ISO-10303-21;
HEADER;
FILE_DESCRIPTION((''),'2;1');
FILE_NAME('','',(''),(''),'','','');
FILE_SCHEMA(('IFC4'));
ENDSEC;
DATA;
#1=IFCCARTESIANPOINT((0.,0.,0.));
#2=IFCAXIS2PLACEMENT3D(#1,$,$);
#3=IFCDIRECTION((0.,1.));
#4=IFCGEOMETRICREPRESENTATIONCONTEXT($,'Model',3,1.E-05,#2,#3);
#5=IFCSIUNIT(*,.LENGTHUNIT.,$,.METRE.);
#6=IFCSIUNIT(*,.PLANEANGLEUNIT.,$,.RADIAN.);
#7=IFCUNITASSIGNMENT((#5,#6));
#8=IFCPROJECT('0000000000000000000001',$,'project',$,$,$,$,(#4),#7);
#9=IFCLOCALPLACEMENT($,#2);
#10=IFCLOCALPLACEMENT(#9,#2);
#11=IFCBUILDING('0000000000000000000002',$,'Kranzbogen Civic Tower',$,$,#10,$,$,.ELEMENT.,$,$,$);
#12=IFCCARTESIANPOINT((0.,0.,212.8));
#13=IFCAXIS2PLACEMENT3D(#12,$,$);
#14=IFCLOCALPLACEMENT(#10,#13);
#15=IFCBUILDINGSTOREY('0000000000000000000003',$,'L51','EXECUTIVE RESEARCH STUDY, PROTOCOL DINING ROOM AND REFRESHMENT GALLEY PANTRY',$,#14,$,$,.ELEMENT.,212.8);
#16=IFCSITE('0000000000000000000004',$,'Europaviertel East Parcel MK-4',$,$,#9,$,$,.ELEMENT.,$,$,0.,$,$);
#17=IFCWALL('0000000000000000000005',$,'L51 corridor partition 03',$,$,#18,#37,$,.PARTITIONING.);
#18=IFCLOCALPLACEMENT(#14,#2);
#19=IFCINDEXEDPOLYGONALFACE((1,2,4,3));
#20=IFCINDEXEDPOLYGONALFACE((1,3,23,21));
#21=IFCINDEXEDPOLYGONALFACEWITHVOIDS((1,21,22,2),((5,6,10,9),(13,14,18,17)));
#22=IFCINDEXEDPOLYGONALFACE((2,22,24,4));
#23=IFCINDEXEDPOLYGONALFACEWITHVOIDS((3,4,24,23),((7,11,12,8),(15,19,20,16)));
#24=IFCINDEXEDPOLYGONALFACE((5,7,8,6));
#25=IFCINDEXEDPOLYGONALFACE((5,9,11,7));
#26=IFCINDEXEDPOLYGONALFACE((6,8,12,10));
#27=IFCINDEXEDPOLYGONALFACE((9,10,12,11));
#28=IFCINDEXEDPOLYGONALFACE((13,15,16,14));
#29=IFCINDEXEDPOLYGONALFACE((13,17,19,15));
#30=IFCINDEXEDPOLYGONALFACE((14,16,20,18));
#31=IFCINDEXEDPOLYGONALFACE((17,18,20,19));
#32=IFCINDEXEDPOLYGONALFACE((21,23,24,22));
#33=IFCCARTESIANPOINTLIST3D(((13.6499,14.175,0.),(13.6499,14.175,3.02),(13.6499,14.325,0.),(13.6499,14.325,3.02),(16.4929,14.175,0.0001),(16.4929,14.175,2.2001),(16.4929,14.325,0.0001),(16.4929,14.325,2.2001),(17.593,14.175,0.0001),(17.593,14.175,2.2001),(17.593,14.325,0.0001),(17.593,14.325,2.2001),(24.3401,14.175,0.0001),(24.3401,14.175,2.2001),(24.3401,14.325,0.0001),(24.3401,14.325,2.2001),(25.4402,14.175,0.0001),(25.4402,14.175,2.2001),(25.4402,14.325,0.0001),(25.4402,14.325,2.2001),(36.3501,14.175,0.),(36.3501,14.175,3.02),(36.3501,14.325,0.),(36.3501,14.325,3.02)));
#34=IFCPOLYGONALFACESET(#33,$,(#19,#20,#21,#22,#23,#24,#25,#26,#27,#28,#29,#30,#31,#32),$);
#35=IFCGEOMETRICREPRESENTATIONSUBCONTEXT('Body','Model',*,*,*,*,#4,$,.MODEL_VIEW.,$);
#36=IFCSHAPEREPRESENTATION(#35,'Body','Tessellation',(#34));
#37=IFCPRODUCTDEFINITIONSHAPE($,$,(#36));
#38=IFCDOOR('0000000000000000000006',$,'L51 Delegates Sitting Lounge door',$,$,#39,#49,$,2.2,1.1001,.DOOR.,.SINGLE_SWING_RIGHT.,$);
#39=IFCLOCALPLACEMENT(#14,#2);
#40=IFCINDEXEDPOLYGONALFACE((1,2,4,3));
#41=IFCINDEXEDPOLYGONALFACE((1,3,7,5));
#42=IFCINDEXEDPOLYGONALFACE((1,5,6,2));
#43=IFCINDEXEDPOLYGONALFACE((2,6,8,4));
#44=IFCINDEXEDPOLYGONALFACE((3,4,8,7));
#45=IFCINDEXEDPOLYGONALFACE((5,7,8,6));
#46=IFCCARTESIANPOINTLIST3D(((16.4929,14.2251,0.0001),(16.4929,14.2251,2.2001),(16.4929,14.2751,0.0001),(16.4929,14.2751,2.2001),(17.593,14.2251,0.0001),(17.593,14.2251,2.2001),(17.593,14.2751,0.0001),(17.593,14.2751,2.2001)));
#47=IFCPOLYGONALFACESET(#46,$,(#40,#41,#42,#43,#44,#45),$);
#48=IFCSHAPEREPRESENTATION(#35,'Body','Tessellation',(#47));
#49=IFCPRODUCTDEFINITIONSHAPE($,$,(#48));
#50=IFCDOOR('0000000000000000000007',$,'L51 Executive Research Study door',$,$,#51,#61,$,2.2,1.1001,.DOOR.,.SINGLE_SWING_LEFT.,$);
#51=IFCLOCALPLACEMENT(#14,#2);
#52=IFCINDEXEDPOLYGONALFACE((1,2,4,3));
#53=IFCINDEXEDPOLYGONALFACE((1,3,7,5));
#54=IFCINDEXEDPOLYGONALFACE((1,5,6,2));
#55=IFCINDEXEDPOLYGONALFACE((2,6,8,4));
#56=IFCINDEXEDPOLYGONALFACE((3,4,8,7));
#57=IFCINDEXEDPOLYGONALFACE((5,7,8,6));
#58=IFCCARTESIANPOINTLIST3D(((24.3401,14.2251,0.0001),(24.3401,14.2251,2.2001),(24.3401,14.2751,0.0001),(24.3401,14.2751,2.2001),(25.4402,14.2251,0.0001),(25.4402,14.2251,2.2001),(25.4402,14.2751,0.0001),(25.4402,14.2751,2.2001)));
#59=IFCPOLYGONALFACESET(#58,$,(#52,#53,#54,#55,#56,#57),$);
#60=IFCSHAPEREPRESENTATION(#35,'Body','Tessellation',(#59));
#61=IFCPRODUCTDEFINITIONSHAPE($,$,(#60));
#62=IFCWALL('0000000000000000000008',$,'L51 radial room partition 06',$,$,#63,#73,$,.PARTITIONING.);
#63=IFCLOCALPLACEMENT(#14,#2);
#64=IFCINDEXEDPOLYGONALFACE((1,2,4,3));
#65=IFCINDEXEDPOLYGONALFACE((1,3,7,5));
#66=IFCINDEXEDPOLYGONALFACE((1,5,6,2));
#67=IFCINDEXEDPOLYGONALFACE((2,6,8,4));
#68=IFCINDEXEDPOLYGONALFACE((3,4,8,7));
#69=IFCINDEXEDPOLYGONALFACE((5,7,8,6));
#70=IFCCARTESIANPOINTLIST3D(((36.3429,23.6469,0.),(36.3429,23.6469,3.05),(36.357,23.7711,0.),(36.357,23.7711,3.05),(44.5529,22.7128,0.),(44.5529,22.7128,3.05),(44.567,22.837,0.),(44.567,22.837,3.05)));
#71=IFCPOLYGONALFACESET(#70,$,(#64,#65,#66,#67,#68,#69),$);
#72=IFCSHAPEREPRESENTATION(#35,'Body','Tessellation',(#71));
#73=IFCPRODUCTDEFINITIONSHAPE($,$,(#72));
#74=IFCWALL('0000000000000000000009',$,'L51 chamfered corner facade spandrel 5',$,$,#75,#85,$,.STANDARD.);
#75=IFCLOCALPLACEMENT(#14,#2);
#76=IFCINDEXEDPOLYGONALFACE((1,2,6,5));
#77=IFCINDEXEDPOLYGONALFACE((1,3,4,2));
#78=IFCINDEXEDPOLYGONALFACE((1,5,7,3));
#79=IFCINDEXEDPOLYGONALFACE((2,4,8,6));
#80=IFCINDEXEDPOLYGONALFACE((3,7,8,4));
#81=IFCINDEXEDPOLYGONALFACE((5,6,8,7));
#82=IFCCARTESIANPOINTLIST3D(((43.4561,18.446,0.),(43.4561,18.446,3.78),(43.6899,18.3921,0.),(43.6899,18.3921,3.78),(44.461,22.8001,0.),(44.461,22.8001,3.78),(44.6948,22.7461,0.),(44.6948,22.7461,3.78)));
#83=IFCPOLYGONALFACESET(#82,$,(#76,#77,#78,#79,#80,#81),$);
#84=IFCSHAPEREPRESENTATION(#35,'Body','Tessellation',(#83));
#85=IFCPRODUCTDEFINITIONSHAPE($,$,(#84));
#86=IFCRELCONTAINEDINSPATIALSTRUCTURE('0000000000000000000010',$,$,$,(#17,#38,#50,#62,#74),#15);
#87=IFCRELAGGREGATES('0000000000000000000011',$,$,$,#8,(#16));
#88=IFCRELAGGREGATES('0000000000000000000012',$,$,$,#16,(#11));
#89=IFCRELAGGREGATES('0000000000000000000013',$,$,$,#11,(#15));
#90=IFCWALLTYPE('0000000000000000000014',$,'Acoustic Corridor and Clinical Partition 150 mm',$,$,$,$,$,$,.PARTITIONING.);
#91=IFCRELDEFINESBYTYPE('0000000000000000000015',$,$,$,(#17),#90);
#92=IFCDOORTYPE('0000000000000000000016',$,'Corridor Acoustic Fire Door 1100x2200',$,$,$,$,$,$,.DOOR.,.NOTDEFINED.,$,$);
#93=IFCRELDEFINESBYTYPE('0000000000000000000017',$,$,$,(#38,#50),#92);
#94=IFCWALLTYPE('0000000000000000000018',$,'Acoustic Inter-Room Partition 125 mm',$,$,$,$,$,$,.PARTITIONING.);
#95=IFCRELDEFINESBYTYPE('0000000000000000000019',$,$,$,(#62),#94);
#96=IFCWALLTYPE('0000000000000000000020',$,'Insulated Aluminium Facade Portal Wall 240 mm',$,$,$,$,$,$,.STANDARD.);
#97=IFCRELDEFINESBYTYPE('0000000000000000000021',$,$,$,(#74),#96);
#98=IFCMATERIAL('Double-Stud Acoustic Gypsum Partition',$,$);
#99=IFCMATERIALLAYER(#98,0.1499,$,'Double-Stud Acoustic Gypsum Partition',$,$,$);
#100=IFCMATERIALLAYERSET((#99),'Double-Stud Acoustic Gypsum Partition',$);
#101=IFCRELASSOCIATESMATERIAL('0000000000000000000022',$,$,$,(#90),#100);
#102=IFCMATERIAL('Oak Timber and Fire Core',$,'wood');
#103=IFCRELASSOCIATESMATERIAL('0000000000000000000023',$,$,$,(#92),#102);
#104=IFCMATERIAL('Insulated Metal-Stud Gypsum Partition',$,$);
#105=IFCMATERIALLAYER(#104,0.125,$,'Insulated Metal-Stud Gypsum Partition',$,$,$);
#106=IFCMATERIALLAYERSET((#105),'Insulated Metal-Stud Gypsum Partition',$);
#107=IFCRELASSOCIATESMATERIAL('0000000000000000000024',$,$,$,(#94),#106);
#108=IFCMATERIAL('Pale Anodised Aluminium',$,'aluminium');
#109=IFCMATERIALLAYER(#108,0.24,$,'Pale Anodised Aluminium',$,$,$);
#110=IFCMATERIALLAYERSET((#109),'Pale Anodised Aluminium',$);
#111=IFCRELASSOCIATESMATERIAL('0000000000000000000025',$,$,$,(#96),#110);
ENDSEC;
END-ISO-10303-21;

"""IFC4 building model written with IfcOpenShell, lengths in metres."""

from ifc_helpers import new_model, si_unit, direction, frame, frame_2d, origin, place, context, subcontext, project, spatial, rectangle, extrude, material, layer, layer_set, type_object, element, fill, save


model = new_model("IFC4")

# Units and contexts
model_context = context("Model", 3, precision=1e-05, world=origin(), true_north=direction((0.0, 1.0)))
body_context = subcontext(model_context, "Body", "Model", "MODEL_VIEW")
ifc_project = project(units=[si_unit("LENGTHUNIT", "METRE"), si_unit("PLANEANGLEUNIT", "RADIAN")], contexts=[model_context])

# Site, building, storey
site_placement = place(None, origin())
site = spatial("IfcSite", under=ifc_project, at=site_placement, Name="Europaviertel East Parcel MK-4", CompositionType="ELEMENT", RefElevation=0.0)
building_placement = place(site_placement, origin())
building = spatial("IfcBuilding", under=site, at=building_placement, Name="Kranzbogen Civic Tower", CompositionType="ELEMENT")
storey_placement = place(building_placement, frame((0.0, 0.0, 212.8)))
storey = spatial("IfcBuildingStorey", under=building, at=storey_placement, Name="L51", Description="EXECUTIVE RESEARCH STUDY, PROTOCOL DINING ROOM AND REFRESHMENT GALLEY PANTRY", CompositionType="ELEMENT", Elevation=212.8)

# Shared definitions
ifc_material_1 = material(Name="Pale Anodised Aluminium", Category="aluminium")

# Wall, openings, doors
ifc_material_2 = material(Name="Double-Stud Acoustic Gypsum Partition")
ifc_layer_1 = layer(ifc_material_2, 0.1499, Name="Double-Stud Acoustic Gypsum Partition")
ifc_layer_set_1 = layer_set([ifc_layer_1], Name="Double-Stud Acoustic Gypsum Partition")
wall_type_1 = type_object("IfcWallType", Name="Acoustic Corridor and Clinical Partition 150 mm", PredefinedType="PARTITIONING", material=ifc_layer_set_1)
wall_1_placement = place(storey_placement, frame((36.3501, 14.25, 0.0), z_axis=(0.0, 0.0, 1.0), x_axis=(-1.0, 0.0, 0.0)))
wall_1 = element("IfcWall", 1, at=wall_1_placement, inside=storey, type_object=wall_type_1, Name="L51 corridor partition 03", PredefinedType="PARTITIONING", context=body_context, shape_type="SweptSolid", body=[
    extrude(rectangle(XDim=22.7002, YDim=0.1499, at=frame_2d((11.3501, 0.0))), origin(), (0.0, 0.0, 1.0), 3.02),
])
opening_1_placement = place(wall_1_placement, frame((18.7571, 0.0, 0.0)))
opening_1 = element("IfcOpeningElement", 2, at=opening_1_placement, cuts=wall_1, PredefinedType="OPENING", context=body_context, shape_type="SweptSolid", body=[
    extrude(rectangle(XDim=1.1001, YDim=2.2, at=frame_2d((0.55, 1.1001))), frame((0.0, 0.085, 0.0), z_axis=(0.0, -1.0, 0.0), x_axis=(1.0, 0.0, 0.0)), (0.0, 0.0, 1.0), 0.1699),
])
opening_2_placement = place(wall_1_placement, frame((10.9099, 0.0, 0.0)))
opening_2 = element("IfcOpeningElement", 3, at=opening_2_placement, cuts=wall_1, PredefinedType="OPENING", context=body_context, shape_type="SweptSolid", body=[
    extrude(rectangle(XDim=1.1001, YDim=2.2, at=frame_2d((0.55, 1.1001))), frame((0.0, 0.085, 0.0), z_axis=(0.0, -1.0, 0.0), x_axis=(1.0, 0.0, 0.0)), (0.0, 0.0, 1.0), 0.1699),
])
ifc_material_3 = material(Name="Oak Timber and Fire Core", Category="wood")
door_type = type_object("IfcDoorType", Name="Corridor Acoustic Fire Door 1100x2200", OperationType="NOTDEFINED", PredefinedType="DOOR", material=ifc_material_3)
door_1_placement = place(opening_1_placement, origin())
door_1 = element("IfcDoor", 4, at=door_1_placement, inside=storey, type_object=door_type, Name="L51 Delegates Sitting Lounge door", OperationType="SINGLE_SWING_RIGHT", OverallHeight=2.2, OverallWidth=1.1001, PredefinedType="DOOR", context=body_context, shape_type="SweptSolid", body=[
    extrude(rectangle(XDim=1.1001, YDim=2.2, at=frame_2d((0.55, 1.1001))), frame((0.0, 0.0249, 0.0), z_axis=(0.0, -1.0, 0.0), x_axis=(1.0, 0.0, 0.0)), (0.0, 0.0, 1.0), 0.05),
])
fill(opening_1, door_1)
door_2_placement = place(opening_2_placement, origin())
door_2 = element("IfcDoor", 5, at=door_2_placement, inside=storey, type_object=door_type, Name="L51 Executive Research Study door", OperationType="SINGLE_SWING_LEFT", OverallHeight=2.2, OverallWidth=1.1001, PredefinedType="DOOR", context=body_context, shape_type="SweptSolid", body=[
    extrude(rectangle(XDim=1.1001, YDim=2.2, at=frame_2d((0.55, 1.1001))), frame((0.0, 0.0249, 0.0), z_axis=(0.0, -1.0, 0.0), x_axis=(1.0, 0.0, 0.0)), (0.0, 0.0, 1.0), 0.05),
])
fill(opening_2, door_2)

# Walls
ifc_material_4 = material(Name="Insulated Metal-Stud Gypsum Partition")
ifc_layer_2 = layer(ifc_material_4, 0.125, Name="Insulated Metal-Stud Gypsum Partition")
ifc_layer_set_2 = layer_set([ifc_layer_2], Name="Insulated Metal-Stud Gypsum Partition")
wall_type_2 = type_object("IfcWallType", Name="Acoustic Inter-Room Partition 125 mm", PredefinedType="PARTITIONING", material=ifc_layer_set_2)
wall_2_placement = place(storey_placement, frame((36.3501, 23.709, 0.0), z_axis=(0.0, 0.0, 1.0), x_axis=(0.99359, -0.113045, 0.0)))
element("IfcWall", 6, at=wall_2_placement, inside=storey, type_object=wall_type_2, Name="L51 radial room partition 06", PredefinedType="PARTITIONING", context=body_context, shape_type="SweptSolid", body=[
    extrude(rectangle(XDim=8.2629, YDim=0.125, at=frame_2d((4.1313, 0.0))), origin(), (0.0, 0.0, 1.0), 3.05),
])
ifc_layer_3 = layer(ifc_material_1, 0.24, Name="Pale Anodised Aluminium")
ifc_layer_set_3 = layer_set([ifc_layer_3], Name="Pale Anodised Aluminium")
wall_type_3 = type_object("IfcWallType", Name="Insulated Aluminium Facade Portal Wall 240 mm", PredefinedType="STANDARD", material=ifc_layer_set_3)
wall_3_placement = place(storey_placement, frame((43.573, 18.4189, 0.0), z_axis=(0.0, 0.0, 1.0), x_axis=(0.224883, 0.974386, 0.0)))
element("IfcWall", 7, at=wall_3_placement, inside=storey, type_object=wall_type_3, Name="L51 chamfered corner facade spandrel 5", PredefinedType="STANDARD", context=body_context, shape_type="SweptSolid", body=[
    extrude(rectangle(XDim=4.4685, YDim=0.24, at=frame_2d((2.2344, 0.0))), origin(), (0.0, 0.0, 1.0), 3.78),
])

save(model, "model.ifc")
